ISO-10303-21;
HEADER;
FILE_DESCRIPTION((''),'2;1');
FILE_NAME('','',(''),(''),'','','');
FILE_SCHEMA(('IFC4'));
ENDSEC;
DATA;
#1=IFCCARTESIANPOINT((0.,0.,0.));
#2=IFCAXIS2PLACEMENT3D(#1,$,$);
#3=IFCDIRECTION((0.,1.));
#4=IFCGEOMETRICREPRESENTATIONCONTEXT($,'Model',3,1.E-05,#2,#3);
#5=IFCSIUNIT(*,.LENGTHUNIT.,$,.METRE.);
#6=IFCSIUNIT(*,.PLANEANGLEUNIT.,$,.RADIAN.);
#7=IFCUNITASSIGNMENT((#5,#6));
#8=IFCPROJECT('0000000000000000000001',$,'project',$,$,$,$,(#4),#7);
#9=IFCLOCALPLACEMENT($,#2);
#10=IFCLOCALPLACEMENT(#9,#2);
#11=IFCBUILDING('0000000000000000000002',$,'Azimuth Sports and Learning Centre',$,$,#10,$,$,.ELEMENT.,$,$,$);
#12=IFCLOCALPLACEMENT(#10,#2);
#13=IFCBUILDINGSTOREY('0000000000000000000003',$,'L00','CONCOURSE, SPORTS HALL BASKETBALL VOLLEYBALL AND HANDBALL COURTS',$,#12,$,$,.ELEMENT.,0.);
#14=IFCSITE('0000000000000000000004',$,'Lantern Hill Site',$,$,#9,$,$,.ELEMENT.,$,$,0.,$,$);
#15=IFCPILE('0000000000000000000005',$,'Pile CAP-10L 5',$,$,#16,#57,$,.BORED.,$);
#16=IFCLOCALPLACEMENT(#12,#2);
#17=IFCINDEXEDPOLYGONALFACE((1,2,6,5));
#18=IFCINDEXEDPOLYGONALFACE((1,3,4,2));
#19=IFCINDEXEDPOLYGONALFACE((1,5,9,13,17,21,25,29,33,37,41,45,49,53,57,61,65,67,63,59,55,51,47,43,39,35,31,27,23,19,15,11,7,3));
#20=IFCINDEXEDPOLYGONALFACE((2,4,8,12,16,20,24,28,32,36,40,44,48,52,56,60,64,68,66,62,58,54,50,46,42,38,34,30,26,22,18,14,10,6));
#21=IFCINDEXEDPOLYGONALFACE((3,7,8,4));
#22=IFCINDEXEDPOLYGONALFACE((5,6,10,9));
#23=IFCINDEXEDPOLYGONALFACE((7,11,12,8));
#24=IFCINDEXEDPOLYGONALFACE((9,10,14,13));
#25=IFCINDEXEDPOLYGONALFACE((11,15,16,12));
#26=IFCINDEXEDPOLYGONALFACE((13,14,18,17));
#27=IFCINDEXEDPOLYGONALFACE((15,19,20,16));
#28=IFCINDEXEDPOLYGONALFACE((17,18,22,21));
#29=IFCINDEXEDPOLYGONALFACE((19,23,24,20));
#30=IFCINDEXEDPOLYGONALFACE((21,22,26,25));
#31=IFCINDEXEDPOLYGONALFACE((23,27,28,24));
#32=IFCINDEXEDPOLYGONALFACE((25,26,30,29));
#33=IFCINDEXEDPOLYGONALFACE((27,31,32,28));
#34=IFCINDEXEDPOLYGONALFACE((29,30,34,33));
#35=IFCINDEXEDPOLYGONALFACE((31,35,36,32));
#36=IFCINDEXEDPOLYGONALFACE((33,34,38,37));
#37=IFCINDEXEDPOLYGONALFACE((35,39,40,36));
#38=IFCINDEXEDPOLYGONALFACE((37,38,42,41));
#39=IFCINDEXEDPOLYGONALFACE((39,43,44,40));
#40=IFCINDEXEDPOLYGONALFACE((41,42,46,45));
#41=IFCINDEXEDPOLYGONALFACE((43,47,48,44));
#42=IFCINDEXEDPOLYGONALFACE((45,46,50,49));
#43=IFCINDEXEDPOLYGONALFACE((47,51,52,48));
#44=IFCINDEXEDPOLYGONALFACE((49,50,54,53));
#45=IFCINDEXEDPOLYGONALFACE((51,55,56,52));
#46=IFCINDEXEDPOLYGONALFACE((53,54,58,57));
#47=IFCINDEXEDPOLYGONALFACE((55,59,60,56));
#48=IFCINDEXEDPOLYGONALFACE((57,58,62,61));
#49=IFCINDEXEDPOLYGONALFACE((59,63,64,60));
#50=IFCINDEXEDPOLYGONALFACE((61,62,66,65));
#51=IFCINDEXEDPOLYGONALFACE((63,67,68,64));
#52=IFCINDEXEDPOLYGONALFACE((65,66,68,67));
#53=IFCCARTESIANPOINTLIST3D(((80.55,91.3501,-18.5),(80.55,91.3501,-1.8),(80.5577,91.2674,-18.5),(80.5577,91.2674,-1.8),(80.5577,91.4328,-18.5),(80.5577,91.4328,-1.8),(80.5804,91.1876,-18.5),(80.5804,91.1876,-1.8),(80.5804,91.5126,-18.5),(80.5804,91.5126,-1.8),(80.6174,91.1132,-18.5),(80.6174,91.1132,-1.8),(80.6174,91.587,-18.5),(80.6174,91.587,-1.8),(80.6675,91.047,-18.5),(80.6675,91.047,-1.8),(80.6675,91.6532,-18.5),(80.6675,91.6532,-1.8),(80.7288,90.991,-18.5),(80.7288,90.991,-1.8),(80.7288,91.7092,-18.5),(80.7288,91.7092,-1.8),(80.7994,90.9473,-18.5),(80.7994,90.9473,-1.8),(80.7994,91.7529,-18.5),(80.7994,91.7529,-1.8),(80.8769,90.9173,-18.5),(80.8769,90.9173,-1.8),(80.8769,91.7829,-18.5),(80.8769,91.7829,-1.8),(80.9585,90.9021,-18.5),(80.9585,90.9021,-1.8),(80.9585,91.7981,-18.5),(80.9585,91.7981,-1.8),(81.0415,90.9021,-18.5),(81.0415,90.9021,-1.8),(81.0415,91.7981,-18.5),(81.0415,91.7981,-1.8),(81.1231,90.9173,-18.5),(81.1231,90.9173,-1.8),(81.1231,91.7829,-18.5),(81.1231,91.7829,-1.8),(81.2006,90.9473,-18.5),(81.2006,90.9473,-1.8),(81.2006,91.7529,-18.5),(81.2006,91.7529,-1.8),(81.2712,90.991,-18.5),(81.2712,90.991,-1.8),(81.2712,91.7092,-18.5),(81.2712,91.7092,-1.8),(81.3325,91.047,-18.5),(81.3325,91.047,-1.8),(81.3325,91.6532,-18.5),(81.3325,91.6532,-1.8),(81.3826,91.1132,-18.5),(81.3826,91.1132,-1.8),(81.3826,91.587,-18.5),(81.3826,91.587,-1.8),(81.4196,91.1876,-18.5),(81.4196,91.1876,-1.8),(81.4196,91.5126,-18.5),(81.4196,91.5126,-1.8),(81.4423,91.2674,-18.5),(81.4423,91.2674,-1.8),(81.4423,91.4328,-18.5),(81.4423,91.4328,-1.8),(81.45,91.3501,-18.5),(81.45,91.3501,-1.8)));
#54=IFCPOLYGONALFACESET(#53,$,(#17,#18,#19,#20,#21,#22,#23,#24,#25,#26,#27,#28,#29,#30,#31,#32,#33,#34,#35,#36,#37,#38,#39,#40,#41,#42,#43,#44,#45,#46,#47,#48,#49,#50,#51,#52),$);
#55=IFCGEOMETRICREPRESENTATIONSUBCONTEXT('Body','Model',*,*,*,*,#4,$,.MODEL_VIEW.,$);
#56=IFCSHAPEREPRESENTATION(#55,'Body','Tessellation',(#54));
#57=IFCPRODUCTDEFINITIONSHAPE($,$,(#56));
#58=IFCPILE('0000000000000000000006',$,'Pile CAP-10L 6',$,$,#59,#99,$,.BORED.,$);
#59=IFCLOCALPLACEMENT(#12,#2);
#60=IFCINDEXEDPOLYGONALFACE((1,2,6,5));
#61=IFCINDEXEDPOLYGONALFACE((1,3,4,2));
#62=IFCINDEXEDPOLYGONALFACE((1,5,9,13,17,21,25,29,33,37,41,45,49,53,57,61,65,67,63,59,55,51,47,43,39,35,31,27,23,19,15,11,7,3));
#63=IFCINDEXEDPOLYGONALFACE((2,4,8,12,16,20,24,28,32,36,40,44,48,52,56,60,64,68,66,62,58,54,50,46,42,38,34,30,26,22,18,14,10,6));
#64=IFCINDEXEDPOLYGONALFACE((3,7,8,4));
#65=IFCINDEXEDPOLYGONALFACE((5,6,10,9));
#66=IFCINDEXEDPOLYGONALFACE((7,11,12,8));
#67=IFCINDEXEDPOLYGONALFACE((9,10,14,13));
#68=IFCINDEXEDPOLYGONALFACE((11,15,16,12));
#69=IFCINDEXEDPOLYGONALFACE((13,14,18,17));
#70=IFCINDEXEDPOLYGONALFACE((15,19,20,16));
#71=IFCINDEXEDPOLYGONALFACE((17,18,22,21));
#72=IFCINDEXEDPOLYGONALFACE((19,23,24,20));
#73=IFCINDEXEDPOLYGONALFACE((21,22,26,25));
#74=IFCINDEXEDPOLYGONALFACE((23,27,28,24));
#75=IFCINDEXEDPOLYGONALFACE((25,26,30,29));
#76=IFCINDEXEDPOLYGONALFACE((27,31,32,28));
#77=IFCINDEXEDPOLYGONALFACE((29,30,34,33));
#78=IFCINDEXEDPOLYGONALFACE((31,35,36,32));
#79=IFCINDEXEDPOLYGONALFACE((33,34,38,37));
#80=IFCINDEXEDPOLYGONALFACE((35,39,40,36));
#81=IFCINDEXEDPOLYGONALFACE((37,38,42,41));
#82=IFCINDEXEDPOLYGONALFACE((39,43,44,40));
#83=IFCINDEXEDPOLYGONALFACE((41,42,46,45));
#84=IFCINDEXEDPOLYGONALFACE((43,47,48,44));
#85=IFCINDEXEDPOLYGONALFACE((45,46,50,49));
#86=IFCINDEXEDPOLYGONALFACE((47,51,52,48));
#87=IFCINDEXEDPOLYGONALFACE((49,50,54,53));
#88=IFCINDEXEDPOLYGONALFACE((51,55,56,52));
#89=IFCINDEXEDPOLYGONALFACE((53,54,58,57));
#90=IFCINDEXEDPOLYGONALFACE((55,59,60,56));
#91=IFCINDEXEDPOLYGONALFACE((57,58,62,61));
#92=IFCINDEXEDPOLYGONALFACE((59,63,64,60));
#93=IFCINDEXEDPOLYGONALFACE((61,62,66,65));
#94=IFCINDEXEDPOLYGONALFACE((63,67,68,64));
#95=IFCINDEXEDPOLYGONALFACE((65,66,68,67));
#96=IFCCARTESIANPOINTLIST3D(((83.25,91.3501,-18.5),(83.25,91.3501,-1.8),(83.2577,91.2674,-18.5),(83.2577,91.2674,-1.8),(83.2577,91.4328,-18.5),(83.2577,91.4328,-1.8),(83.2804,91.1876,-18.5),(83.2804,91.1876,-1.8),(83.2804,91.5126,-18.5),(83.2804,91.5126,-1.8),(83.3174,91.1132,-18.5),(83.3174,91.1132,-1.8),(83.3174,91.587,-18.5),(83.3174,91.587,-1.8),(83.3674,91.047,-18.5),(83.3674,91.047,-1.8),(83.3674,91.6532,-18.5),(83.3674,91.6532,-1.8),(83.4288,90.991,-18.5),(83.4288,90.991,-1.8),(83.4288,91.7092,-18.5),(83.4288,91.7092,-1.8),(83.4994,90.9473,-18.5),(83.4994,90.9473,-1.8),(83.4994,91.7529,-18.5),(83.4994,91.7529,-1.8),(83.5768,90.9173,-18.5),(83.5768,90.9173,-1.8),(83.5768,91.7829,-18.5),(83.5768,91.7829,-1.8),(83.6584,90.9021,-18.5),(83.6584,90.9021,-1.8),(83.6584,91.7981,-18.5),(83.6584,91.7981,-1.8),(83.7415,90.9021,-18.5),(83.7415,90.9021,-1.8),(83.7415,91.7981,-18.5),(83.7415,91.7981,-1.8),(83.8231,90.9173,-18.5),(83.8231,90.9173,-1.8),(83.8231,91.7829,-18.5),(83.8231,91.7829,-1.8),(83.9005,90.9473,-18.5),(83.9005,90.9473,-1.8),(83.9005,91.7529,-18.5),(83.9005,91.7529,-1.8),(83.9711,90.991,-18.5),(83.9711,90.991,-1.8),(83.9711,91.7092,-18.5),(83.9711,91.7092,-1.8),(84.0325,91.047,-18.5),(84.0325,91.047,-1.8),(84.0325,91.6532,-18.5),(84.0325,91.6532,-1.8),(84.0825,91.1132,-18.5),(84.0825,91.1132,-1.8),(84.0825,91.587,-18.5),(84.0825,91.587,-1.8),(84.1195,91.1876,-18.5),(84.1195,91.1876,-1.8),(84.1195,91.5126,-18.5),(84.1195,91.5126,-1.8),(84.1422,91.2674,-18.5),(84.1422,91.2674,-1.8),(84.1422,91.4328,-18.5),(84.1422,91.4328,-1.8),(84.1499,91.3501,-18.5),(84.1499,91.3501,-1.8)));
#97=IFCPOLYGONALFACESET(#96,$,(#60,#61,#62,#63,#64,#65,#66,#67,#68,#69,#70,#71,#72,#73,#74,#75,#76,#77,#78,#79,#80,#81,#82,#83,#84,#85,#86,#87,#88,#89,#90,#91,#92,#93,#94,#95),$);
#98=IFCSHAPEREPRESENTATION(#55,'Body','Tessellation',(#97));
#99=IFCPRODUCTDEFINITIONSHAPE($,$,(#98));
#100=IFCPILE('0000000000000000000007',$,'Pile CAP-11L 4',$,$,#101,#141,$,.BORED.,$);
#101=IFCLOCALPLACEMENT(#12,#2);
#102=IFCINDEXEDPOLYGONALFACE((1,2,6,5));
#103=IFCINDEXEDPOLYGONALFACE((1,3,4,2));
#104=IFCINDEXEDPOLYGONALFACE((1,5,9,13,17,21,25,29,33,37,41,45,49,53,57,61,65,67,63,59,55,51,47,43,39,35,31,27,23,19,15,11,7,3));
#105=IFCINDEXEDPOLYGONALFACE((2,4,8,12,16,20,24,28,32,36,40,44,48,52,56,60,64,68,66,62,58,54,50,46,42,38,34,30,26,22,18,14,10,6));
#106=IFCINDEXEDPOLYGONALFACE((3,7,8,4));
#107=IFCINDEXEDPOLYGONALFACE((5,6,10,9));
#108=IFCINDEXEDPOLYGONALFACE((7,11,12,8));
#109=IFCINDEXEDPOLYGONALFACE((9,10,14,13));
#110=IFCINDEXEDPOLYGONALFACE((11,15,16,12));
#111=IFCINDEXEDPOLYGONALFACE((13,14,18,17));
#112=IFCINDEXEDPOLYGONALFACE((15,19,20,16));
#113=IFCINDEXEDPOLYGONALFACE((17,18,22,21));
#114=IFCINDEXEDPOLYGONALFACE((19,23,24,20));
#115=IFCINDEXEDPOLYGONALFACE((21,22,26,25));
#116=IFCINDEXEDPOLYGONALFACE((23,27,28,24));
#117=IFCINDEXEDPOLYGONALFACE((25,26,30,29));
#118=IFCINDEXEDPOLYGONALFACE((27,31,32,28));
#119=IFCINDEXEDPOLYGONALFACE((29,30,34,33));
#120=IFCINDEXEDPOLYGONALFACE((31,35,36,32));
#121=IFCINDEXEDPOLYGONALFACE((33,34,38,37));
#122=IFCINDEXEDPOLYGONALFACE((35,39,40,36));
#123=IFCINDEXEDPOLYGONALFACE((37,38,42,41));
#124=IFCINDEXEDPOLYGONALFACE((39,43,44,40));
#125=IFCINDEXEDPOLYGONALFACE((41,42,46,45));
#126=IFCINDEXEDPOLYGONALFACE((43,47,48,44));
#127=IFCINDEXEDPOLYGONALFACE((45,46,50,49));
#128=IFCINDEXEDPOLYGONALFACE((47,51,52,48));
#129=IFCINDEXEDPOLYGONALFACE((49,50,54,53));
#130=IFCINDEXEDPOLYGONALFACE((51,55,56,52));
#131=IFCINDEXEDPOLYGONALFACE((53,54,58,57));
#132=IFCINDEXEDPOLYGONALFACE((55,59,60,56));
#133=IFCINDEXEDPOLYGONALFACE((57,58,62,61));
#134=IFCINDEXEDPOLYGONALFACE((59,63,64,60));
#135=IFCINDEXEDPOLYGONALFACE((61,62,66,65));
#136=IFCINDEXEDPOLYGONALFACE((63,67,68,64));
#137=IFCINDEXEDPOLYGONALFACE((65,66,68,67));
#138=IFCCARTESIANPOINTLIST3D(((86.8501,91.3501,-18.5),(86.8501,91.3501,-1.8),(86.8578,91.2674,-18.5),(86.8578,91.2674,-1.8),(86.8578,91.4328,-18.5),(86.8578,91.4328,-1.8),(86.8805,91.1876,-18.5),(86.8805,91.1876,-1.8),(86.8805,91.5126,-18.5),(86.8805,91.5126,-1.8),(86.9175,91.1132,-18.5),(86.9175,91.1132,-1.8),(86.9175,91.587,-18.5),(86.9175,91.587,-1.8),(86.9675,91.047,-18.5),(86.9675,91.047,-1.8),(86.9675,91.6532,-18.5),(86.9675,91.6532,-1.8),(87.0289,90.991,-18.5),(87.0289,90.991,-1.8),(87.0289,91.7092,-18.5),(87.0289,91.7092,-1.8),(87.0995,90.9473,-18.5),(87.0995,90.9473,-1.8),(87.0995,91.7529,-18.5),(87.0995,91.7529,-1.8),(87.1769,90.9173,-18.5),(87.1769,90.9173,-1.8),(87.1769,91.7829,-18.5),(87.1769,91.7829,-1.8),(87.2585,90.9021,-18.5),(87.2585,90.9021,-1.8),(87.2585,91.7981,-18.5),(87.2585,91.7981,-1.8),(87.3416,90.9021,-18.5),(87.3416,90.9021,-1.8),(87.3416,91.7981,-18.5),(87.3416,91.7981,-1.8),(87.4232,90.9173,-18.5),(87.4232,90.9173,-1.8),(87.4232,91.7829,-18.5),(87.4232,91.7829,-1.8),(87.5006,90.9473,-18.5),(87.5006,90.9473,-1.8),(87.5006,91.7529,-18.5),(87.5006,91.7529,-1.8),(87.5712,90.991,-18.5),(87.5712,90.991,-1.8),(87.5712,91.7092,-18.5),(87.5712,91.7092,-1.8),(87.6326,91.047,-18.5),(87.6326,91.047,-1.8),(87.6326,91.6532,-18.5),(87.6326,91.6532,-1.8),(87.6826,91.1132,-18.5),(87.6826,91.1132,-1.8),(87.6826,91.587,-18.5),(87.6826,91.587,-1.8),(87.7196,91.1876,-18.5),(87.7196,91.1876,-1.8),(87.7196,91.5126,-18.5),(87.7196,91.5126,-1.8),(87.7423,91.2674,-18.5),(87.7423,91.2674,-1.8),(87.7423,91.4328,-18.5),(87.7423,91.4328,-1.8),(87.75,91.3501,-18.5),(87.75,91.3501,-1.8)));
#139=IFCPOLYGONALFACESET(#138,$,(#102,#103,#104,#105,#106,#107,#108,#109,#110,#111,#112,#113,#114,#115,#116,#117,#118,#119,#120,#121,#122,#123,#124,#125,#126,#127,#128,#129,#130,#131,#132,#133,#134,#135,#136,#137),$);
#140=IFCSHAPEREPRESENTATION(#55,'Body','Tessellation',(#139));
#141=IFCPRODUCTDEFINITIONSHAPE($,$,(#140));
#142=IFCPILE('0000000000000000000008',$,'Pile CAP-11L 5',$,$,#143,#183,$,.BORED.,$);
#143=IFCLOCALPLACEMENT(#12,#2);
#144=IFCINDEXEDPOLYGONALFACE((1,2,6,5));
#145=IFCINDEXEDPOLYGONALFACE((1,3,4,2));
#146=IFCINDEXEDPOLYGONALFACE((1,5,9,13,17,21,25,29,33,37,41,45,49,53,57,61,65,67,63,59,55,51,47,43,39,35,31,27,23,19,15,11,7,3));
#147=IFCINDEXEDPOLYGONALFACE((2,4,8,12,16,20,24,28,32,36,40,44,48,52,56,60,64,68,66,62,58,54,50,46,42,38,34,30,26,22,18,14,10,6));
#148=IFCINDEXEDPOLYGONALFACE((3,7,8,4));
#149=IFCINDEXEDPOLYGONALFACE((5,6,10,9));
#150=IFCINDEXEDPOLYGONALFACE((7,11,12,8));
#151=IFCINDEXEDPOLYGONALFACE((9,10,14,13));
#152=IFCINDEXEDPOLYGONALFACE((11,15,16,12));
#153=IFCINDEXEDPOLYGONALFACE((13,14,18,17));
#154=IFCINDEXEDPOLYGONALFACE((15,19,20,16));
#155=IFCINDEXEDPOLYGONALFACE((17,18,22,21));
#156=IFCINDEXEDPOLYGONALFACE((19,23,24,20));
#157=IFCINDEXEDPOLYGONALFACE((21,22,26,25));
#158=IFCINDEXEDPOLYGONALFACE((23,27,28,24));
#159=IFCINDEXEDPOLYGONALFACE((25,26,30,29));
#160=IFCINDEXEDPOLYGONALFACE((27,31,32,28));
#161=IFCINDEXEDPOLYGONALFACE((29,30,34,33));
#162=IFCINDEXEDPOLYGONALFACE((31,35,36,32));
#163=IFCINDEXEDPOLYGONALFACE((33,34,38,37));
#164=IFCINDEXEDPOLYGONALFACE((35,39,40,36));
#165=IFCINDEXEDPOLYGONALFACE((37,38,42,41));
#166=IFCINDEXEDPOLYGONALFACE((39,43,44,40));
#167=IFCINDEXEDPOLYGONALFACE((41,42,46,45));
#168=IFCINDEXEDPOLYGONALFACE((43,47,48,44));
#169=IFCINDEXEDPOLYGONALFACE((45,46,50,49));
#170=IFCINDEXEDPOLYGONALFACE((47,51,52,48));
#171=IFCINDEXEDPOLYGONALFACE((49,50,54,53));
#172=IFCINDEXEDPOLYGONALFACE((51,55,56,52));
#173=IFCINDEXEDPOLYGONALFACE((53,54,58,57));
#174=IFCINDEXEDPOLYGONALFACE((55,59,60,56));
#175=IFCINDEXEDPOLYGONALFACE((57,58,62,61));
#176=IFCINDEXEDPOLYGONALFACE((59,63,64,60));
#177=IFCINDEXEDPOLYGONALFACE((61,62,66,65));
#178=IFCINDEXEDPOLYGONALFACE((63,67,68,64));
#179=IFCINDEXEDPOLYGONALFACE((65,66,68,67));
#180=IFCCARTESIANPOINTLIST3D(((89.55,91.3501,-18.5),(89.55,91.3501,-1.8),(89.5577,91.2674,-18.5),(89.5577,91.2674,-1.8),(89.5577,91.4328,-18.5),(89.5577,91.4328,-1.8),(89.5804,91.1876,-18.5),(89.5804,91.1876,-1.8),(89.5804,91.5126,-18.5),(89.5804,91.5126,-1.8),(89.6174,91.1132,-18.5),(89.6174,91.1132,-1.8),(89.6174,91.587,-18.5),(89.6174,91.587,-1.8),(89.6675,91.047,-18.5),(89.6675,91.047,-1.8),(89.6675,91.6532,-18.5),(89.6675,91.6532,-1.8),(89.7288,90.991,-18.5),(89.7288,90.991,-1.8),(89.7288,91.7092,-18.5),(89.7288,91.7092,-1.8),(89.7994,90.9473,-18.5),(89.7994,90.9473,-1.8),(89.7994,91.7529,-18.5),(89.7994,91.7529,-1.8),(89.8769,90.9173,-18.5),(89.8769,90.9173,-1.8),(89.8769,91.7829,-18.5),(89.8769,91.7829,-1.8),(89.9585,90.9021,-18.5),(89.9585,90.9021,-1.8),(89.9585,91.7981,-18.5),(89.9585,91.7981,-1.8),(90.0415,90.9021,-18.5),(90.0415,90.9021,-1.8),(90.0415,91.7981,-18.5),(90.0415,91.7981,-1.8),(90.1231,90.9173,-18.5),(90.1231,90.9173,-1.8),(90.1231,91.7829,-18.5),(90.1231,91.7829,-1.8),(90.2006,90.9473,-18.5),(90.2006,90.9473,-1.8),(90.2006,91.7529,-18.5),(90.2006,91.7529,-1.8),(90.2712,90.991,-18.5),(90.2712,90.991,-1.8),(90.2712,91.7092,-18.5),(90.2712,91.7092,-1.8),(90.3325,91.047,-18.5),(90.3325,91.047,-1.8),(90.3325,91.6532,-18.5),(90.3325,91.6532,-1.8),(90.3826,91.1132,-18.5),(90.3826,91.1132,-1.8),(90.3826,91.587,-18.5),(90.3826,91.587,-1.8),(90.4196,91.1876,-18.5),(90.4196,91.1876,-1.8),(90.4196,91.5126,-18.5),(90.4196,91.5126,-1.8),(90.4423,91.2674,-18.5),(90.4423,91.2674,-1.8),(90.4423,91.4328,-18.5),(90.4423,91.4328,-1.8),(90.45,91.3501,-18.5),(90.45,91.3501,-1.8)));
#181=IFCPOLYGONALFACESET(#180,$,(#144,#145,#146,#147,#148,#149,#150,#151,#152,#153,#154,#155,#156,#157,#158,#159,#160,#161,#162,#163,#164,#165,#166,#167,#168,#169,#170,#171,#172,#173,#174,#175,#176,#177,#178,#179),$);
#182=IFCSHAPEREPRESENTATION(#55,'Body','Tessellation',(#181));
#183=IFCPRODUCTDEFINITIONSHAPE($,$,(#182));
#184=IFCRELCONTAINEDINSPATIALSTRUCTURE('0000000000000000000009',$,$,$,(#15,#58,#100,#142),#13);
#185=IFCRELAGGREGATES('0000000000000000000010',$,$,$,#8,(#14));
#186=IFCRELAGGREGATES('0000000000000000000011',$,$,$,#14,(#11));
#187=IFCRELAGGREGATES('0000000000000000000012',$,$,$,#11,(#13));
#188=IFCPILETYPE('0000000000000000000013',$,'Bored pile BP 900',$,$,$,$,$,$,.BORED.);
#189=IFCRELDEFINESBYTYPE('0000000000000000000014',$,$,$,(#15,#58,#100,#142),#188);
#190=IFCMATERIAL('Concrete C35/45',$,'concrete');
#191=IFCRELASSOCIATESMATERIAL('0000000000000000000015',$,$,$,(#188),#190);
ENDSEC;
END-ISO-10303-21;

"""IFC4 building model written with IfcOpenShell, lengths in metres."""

from ifc_helpers import new_model, si_unit, direction, frame, origin, origin_2d, place, context, subcontext, project, spatial, circle, extrude, material, material_profile, profile_set, type_object, element, save


model = new_model("IFC4")

# Units and contexts
model_context = context("Model", 3, precision=1e-05, world=origin(), true_north=direction((0.0, 1.0)))
body_context = subcontext(model_context, "Body", "Model", "MODEL_VIEW")
ifc_project = project(units=[si_unit("LENGTHUNIT", "METRE"), si_unit("PLANEANGLEUNIT", "RADIAN")], contexts=[model_context])

# Site, building, storey
site_placement = place(None, origin())
site = spatial("IfcSite", under=ifc_project, at=site_placement, Name="Lantern Hill Site", CompositionType="ELEMENT", RefElevation=0.0)
building_placement = place(site_placement, origin())
building = spatial("IfcBuilding", under=site, at=building_placement, Name="Azimuth Sports and Learning Centre", CompositionType="ELEMENT")
storey_placement = place(building_placement, origin())
storey = spatial("IfcBuildingStorey", under=building, at=storey_placement, Name="L00", Description="CONCOURSE, SPORTS HALL BASKETBALL VOLLEYBALL AND HANDBALL COURTS", CompositionType="ELEMENT", Elevation=0.0)

# Piles
ifc_material_1 = material(Name="Concrete C35/45", Category="concrete")
ifc_material_profile_1 = material_profile(ifc_material_1, circle(Radius=0.45, at=origin_2d()), Name="BP 900")
ifc_profile_set_1 = profile_set([ifc_material_profile_1], Name="Concrete C35/45")
pile_type = type_object("IfcPileType", Name="Bored pile BP 900", PredefinedType="BORED", material=ifc_profile_set_1)
for number, where, z_axis, x_axis, name in (
    (1, (81.0, 91.3501, -1.8), (0.0, 0.0, -1.0), (1.0, 0.0, 0.0), "Pile CAP-10L 5"),
    (2, (83.7, 91.3501, -1.8), (0.0, 0.0, -1.0), (1.0, 0.0, 0.0), "Pile CAP-10L 6"),
    (3, (87.3, 91.3501, -1.8), (0.0, 0.0, -1.0), (1.0, 0.0, 0.0), "Pile CAP-11L 4"),
    (4, (90.0, 91.3501, -1.8), (0.0, 0.0, -1.0), (1.0, 0.0, 0.0), "Pile CAP-11L 5"),
):
    element("IfcPile", number, at=place(storey_placement, frame(where, z_axis=z_axis, x_axis=x_axis)), inside=storey, type_object=pile_type, Name=name, PredefinedType="BORED", context=body_context, shape_type="SweptSolid", body=[
        extrude(circle(Radius=0.45, at=origin_2d()), origin(), (0.0, 0.0, 1.0), 16.7),
    ])

save(model, "model.ifc")
